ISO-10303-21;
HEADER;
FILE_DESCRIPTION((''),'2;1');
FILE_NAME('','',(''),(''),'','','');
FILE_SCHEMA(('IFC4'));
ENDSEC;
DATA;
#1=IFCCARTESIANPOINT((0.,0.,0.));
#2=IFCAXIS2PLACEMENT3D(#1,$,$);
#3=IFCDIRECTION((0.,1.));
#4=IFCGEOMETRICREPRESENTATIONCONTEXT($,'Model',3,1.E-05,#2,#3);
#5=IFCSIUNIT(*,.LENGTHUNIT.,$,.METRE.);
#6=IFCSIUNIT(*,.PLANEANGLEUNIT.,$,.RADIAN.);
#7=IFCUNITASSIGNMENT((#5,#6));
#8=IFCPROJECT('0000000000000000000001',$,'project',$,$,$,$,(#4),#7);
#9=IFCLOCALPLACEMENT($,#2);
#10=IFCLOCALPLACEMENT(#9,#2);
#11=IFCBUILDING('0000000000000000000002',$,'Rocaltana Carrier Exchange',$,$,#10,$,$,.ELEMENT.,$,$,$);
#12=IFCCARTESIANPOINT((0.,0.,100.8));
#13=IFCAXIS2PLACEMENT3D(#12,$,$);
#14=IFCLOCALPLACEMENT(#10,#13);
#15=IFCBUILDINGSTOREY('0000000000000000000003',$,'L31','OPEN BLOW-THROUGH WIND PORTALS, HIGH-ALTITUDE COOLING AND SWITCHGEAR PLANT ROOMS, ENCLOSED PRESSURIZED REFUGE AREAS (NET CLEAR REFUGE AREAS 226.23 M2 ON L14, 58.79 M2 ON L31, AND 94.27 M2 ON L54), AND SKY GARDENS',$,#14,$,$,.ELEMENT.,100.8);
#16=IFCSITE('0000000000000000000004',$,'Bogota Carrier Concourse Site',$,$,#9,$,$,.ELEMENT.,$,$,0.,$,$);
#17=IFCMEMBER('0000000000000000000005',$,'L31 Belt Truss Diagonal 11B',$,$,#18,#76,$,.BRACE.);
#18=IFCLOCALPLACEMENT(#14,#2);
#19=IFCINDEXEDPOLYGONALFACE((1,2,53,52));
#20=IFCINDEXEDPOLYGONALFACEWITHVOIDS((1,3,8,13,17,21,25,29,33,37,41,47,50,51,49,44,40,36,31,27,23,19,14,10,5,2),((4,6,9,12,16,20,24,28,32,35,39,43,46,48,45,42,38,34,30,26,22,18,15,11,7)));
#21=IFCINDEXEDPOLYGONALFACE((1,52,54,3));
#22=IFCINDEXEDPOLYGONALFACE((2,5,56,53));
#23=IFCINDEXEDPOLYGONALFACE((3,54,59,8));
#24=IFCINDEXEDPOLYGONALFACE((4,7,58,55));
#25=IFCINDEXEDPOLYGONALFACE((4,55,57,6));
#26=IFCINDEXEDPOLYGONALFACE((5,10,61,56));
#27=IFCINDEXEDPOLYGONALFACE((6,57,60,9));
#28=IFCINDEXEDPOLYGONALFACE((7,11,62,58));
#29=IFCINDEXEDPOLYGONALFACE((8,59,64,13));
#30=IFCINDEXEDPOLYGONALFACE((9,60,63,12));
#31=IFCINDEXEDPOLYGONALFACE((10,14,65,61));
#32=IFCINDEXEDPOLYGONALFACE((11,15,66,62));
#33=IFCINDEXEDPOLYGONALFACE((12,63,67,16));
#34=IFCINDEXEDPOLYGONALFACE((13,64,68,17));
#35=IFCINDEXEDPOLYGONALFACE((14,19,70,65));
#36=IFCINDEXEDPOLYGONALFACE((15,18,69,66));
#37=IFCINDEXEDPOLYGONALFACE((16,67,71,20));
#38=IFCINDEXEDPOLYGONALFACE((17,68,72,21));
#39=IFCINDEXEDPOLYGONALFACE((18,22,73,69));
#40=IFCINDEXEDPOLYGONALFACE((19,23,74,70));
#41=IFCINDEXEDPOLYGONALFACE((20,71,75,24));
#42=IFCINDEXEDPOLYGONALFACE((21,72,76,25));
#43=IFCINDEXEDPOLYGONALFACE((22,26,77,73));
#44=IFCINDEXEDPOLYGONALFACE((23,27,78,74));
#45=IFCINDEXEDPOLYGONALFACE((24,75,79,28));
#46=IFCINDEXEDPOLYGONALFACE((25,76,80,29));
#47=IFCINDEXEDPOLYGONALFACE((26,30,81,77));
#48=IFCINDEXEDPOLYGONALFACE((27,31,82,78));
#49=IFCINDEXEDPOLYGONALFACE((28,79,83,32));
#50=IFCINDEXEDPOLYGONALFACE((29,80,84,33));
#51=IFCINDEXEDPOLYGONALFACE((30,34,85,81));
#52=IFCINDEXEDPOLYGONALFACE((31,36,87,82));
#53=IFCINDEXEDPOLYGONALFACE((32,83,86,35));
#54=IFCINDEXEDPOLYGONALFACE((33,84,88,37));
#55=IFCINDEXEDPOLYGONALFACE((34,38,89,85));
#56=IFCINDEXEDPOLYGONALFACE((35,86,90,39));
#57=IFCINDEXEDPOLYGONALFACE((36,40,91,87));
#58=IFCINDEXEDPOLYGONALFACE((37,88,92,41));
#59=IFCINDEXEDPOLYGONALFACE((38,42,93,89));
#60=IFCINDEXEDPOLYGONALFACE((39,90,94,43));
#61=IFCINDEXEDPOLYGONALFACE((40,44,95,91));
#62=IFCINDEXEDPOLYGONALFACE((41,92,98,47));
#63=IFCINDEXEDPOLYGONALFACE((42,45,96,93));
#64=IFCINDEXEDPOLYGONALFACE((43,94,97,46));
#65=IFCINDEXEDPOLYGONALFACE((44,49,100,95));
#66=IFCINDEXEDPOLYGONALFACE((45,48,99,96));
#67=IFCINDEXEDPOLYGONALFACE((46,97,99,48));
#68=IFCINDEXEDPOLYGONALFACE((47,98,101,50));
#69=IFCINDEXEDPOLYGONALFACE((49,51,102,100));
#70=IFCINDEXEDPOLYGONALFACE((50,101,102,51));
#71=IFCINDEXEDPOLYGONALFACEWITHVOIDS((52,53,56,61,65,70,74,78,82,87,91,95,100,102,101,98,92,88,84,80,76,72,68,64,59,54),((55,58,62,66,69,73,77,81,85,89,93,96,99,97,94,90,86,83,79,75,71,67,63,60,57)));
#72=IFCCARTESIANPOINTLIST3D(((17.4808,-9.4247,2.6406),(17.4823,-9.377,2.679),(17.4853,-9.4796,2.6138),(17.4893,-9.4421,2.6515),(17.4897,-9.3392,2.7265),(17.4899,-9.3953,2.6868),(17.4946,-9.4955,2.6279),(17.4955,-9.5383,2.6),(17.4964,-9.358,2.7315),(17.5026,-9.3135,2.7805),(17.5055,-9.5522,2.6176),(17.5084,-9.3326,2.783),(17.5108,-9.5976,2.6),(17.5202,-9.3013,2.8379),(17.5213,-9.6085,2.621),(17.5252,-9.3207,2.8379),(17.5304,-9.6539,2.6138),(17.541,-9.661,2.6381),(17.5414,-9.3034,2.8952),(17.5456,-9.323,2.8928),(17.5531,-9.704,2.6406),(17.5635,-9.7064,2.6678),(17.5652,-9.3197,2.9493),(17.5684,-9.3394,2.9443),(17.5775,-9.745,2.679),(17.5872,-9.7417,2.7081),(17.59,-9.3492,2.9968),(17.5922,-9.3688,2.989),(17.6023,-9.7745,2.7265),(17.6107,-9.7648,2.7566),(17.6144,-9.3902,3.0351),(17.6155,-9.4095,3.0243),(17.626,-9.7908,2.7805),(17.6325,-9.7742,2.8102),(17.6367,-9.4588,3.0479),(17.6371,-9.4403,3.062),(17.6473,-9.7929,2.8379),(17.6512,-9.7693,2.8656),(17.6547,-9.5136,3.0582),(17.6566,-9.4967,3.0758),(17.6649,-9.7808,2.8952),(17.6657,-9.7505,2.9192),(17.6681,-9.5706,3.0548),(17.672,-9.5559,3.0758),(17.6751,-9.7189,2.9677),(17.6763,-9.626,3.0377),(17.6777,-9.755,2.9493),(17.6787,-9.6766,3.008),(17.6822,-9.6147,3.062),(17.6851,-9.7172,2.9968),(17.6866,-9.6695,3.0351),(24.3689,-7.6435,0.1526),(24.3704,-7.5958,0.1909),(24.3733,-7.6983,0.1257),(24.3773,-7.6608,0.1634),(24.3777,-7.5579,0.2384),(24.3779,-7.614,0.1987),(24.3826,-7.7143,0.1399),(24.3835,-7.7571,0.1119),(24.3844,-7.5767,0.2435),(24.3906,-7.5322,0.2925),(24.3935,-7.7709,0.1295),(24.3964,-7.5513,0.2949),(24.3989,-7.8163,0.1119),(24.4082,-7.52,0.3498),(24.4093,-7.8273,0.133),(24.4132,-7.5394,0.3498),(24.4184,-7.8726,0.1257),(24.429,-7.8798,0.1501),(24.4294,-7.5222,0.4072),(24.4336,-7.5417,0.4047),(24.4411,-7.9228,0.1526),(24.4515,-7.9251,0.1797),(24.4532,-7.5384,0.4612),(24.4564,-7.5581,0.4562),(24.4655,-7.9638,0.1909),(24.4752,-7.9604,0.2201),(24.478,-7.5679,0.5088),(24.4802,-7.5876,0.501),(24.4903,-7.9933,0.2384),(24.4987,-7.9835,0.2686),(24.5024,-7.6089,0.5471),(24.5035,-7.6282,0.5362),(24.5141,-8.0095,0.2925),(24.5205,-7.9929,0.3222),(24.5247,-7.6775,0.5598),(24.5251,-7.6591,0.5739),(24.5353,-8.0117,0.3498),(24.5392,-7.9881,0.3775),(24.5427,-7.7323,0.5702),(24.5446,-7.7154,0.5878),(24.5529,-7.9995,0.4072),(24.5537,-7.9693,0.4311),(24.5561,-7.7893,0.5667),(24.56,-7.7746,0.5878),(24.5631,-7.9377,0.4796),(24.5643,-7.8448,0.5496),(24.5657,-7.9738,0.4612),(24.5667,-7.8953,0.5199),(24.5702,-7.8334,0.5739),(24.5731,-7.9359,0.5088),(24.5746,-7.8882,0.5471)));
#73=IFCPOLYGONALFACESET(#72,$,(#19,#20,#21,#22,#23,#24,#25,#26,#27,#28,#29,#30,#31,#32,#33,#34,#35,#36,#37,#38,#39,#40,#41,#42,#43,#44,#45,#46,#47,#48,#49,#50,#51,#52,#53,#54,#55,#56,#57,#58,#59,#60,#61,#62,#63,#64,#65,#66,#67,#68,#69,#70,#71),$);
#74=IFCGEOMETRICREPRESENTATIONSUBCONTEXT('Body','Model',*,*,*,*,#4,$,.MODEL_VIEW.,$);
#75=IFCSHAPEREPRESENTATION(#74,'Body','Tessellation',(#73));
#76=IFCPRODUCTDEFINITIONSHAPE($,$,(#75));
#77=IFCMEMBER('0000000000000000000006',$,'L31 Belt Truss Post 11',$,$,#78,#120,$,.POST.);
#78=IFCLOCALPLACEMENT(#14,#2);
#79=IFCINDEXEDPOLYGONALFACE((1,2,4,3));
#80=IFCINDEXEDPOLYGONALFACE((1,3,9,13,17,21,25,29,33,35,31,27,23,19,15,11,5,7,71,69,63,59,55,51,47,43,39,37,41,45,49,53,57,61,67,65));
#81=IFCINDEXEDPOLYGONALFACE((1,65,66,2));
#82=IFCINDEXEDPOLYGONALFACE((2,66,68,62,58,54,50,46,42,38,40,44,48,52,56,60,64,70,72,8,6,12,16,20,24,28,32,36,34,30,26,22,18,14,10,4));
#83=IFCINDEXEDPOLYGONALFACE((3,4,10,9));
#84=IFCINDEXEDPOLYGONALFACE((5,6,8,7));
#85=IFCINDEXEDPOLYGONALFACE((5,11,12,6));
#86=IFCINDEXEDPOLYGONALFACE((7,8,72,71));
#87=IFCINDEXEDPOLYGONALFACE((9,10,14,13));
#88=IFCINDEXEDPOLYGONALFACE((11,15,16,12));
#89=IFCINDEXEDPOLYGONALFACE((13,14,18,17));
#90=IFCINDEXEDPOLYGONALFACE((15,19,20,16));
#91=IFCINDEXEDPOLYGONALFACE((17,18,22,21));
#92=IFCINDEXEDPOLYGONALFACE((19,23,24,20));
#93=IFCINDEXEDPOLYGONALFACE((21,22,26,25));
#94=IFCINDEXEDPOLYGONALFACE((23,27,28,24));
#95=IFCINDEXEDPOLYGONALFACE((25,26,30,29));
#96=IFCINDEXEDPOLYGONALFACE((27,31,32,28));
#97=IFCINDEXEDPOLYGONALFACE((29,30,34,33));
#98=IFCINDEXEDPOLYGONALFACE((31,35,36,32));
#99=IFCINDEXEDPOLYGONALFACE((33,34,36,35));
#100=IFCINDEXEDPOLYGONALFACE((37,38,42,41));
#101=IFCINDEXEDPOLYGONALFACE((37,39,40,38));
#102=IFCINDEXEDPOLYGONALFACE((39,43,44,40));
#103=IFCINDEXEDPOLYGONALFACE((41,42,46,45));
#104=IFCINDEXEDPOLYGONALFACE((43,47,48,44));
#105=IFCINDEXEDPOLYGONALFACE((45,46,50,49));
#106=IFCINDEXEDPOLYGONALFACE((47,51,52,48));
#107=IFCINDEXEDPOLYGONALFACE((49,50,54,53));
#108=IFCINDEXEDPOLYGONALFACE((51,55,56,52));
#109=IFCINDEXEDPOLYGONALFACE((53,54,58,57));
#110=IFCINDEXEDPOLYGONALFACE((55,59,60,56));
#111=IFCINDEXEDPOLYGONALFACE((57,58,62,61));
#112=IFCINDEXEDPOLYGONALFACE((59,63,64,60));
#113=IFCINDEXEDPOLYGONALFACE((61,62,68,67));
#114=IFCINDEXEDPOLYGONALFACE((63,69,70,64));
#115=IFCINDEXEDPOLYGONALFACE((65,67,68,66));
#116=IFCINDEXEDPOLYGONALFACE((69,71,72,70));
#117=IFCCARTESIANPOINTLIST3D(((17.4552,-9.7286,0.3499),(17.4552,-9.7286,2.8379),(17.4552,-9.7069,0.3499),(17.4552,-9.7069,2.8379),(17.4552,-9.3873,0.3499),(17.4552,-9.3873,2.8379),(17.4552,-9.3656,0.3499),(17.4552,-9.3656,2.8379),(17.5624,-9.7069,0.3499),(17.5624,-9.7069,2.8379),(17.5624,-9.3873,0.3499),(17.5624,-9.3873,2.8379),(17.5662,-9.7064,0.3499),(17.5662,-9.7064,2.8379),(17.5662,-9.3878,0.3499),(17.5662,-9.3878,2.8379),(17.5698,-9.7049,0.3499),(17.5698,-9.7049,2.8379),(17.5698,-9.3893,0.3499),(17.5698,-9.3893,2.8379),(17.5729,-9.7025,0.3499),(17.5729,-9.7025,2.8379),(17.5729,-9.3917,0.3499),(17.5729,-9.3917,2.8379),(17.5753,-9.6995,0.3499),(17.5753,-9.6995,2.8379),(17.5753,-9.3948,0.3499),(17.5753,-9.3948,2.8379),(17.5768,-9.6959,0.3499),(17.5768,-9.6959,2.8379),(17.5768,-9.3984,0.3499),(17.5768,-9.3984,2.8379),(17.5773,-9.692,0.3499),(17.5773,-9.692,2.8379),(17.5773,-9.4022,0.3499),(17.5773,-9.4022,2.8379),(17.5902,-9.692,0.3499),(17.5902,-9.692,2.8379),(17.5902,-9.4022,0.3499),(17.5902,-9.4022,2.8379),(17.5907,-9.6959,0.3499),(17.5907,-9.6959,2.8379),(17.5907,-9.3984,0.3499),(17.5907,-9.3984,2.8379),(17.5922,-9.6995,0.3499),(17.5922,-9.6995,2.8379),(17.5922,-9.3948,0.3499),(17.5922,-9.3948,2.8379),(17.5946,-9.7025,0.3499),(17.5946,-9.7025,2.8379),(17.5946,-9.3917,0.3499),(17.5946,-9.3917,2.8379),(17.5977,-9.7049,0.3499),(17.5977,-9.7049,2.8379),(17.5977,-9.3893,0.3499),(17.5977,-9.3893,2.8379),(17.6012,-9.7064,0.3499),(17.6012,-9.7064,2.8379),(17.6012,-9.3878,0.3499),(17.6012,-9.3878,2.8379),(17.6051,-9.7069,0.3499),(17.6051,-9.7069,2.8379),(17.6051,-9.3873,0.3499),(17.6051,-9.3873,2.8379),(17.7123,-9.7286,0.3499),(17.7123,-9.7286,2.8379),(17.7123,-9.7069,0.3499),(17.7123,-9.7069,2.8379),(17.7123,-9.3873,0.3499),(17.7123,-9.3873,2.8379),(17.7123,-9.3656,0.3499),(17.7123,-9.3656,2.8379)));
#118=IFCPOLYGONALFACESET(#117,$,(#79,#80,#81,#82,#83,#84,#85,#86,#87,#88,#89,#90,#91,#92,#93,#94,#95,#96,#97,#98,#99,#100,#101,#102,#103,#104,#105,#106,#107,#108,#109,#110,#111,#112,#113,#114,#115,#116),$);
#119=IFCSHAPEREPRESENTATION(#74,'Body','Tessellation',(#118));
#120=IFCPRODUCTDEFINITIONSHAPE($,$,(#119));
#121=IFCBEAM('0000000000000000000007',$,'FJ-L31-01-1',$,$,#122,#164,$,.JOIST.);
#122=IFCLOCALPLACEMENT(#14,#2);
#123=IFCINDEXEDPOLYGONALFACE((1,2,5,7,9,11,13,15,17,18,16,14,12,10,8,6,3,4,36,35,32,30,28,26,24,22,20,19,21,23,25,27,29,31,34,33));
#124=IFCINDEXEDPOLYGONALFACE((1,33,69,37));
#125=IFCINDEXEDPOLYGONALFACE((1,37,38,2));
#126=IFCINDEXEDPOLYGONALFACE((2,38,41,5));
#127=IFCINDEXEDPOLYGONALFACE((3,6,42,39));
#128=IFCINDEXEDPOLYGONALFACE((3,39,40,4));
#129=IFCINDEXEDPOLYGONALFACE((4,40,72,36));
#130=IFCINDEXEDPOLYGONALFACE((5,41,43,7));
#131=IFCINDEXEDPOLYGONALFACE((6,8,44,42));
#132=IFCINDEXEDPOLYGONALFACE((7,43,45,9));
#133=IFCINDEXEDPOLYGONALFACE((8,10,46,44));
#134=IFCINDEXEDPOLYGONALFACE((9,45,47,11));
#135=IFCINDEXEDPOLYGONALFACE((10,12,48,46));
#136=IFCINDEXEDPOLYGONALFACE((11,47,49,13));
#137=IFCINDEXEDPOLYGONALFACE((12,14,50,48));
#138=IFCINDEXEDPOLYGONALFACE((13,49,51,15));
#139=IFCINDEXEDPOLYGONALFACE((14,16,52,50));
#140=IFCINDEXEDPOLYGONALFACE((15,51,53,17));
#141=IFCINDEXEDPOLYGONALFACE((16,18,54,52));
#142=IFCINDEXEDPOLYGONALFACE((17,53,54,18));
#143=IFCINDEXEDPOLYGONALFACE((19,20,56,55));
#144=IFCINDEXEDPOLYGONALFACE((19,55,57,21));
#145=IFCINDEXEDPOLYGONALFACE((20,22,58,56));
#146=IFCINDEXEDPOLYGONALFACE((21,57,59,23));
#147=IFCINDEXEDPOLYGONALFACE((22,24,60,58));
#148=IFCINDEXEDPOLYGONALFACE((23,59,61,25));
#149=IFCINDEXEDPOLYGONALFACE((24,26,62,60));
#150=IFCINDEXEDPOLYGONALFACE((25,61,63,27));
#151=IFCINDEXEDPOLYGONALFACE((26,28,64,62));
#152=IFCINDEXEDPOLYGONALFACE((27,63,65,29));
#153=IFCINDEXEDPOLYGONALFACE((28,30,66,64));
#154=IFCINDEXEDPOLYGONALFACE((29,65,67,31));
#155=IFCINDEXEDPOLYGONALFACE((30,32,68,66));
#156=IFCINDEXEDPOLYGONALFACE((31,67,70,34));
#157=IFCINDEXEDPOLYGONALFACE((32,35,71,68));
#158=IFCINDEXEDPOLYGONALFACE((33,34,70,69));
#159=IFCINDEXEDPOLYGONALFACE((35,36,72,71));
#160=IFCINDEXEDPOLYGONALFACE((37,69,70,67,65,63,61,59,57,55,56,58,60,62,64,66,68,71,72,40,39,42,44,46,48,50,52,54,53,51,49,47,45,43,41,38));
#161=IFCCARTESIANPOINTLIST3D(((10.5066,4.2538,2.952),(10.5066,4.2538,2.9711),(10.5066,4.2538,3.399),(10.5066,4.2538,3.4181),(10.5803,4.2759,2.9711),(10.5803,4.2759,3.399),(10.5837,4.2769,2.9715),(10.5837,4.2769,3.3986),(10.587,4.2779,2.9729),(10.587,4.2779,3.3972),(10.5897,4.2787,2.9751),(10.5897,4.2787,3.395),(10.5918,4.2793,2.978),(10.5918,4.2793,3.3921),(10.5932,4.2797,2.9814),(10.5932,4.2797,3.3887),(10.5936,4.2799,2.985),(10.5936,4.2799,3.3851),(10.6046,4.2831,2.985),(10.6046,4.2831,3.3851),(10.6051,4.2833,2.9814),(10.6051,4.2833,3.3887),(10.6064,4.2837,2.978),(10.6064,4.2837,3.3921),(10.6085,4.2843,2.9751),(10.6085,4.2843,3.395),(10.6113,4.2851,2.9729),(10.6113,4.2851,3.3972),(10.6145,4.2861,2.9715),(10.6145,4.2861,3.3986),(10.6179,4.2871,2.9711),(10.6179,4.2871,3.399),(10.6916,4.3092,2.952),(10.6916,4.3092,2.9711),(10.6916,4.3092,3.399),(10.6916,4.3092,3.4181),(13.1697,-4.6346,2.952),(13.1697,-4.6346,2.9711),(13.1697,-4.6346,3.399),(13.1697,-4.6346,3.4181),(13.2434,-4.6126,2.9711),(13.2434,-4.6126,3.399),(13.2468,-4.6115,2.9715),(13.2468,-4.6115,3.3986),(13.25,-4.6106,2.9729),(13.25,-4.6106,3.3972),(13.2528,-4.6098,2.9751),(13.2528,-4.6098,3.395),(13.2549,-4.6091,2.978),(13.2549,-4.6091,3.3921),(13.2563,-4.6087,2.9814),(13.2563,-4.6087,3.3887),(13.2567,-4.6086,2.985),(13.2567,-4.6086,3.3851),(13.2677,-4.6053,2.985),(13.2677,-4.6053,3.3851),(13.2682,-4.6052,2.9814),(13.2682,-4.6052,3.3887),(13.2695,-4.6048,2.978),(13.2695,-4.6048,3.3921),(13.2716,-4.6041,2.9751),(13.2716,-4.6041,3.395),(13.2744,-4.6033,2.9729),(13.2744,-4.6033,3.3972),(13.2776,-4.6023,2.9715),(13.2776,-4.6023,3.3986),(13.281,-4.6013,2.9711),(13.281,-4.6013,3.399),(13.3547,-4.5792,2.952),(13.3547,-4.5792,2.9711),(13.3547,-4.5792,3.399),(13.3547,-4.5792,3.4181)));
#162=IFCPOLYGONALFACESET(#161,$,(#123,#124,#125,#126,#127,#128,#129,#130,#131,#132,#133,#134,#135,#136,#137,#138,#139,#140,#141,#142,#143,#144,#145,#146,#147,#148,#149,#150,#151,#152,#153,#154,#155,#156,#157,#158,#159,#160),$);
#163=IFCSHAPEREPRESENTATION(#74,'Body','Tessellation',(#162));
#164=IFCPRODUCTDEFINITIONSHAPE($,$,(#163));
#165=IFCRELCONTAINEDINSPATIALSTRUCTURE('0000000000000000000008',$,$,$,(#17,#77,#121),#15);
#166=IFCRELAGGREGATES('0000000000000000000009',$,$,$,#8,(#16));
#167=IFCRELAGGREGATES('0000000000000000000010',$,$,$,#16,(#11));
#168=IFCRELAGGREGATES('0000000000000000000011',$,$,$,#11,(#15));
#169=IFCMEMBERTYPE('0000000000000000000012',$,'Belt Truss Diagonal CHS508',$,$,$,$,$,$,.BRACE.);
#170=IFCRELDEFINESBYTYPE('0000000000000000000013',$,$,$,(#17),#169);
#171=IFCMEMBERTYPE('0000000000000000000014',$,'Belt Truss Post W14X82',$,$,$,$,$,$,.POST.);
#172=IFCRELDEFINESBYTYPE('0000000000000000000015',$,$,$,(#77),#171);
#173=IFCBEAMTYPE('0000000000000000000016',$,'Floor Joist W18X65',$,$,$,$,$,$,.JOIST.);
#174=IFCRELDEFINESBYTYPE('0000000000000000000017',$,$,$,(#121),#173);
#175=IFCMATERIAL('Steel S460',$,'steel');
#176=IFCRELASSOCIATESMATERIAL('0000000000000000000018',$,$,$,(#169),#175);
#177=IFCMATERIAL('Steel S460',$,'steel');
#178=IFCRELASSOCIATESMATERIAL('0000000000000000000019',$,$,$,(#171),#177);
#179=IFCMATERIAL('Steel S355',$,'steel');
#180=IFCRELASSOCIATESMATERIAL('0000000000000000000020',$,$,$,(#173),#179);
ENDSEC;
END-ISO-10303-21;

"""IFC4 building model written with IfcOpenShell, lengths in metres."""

from ifc_helpers import new_model, si_unit, direction, frame, origin, origin_2d, place, context, subcontext, project, spatial, hollow_circle, i_section, extrude, material, material_profile, profile_set, type_object, element, save


model = new_model("IFC4")

# Units and contexts
model_context = context("Model", 3, precision=1e-05, world=origin(), true_north=direction((0.0, 1.0)))
body_context = subcontext(model_context, "Body", "Model", "MODEL_VIEW")
ifc_project = project(units=[si_unit("LENGTHUNIT", "METRE"), si_unit("PLANEANGLEUNIT", "RADIAN")], contexts=[model_context])

# Site, building, storey
site_placement = place(None, origin())
site = spatial("IfcSite", under=ifc_project, at=site_placement, Name="Bogota Carrier Concourse Site", CompositionType="ELEMENT", RefElevation=0.0)
building_placement = place(site_placement, origin())
building = spatial("IfcBuilding", under=site, at=building_placement, Name="Rocaltana Carrier Exchange", CompositionType="ELEMENT")
storey_placement = place(building_placement, frame((0.0, 0.0, 100.8)))
storey = spatial("IfcBuildingStorey", under=building, at=storey_placement, Name="L31", Description="OPEN BLOW-THROUGH WIND PORTALS, HIGH-ALTITUDE COOLING AND SWITCHGEAR PLANT ROOMS, ENCLOSED PRESSURIZED REFUGE AREAS (NET CLEAR REFUGE AREAS 226.23 M2 ON L14, 58.79 M2 ON L31, AND 94.27 M2 ON L54), AND SKY GARDENS", CompositionType="ELEMENT", Elevation=100.8)

# Members
ifc_material_1 = material(Name="Steel S460", Category="steel")
ifc_material_profile_1 = material_profile(ifc_material_1, hollow_circle(Radius=0.2539, WallThickness=0.02, at=origin_2d()), Name="CHS508X20")
ifc_profile_set_1 = profile_set([ifc_material_profile_1], Name="Steel S460")
member_type_1 = type_object("IfcMemberType", Name="Belt Truss Diagonal CHS508", PredefinedType="BRACE", material=ifc_profile_set_1)
for number, where, z_axis, x_axis, name in (
    (1, (17.5837, -9.5471, 2.8379), (0.913879, 0.236333, -0.330108), (-0.250368, 0.968151, 0.0), "L31 Belt Truss Diagonal 11B"),
):
    element("IfcMember", number, at=place(storey_placement, frame(where, z_axis=z_axis, x_axis=x_axis)), inside=storey, type_object=member_type_1, Name=name, PredefinedType="BRACE", context=body_context, shape_type="SweptSolid", body=[
        extrude(hollow_circle(Radius=0.2539, WallThickness=0.02, at=origin_2d()), origin(), (0.0, 0.0, 1.0), 7.5371),
    ])
ifc_material_2 = material(Name="Steel S460", Category="steel")
ifc_material_profile_2 = material_profile(ifc_material_2, i_section(OverallWidth=0.2571, OverallDepth=0.363, WebThickness=0.0129, FlangeThickness=0.0217, FilletRadius=0.0149, at=origin_2d()), Name="W14X82")
ifc_profile_set_2 = profile_set([ifc_material_profile_2], Name="Steel S460")
member_type_2 = type_object("IfcMemberType", Name="Belt Truss Post W14X82", PredefinedType="POST", material=ifc_profile_set_2)
member_1_placement = place(storey_placement, frame((17.5837, -9.5471, 0.3499), z_axis=(0.0, 0.0, 1.0), x_axis=(1.0, 0.0, 0.0)))
element("IfcMember", 2, at=member_1_placement, inside=storey, type_object=member_type_2, Name="L31 Belt Truss Post 11", PredefinedType="POST", context=body_context, shape_type="SweptSolid", body=[
    extrude(i_section(OverallWidth=0.2571, OverallDepth=0.363, WebThickness=0.0129, FlangeThickness=0.0217, FilletRadius=0.0149, at=origin_2d()), origin(), (0.0, 0.0, 1.0), 2.488),
])

# Beam
ifc_material_3 = material(Name="Steel S355", Category="steel")
ifc_material_profile_3 = material_profile(ifc_material_3, i_section(OverallWidth=0.1931, OverallDepth=0.4661, WebThickness=0.0115, FlangeThickness=0.019, FilletRadius=0.0139, at=origin_2d()), Name="W18X65")
ifc_profile_set_3 = profile_set([ifc_material_profile_3], Name="Steel S355")
beam_type_1 = type_object("IfcBeamType", Name="Floor Joist W18X65", PredefinedType="JOIST", material=ifc_profile_set_3)
beam_1_placement = place(storey_placement, frame((13.2622, -4.6069, 3.1851), z_axis=(-0.287008, 0.957928, 0.0), x_axis=(-0.957928, -0.287008, 0.0)))
element("IfcBeam", 3, at=beam_1_placement, inside=storey, type_object=beam_type_1, Name="FJ-L31-01-1", PredefinedType="JOIST", context=body_context, shape_type="SweptSolid", body=[
    extrude(i_section(OverallWidth=0.1931, OverallDepth=0.4661, WebThickness=0.0115, FlangeThickness=0.019, FilletRadius=0.0139, at=origin_2d()), origin(), (0.0, 0.0, 1.0), 9.2788),
])

save(model, "model.ifc")
